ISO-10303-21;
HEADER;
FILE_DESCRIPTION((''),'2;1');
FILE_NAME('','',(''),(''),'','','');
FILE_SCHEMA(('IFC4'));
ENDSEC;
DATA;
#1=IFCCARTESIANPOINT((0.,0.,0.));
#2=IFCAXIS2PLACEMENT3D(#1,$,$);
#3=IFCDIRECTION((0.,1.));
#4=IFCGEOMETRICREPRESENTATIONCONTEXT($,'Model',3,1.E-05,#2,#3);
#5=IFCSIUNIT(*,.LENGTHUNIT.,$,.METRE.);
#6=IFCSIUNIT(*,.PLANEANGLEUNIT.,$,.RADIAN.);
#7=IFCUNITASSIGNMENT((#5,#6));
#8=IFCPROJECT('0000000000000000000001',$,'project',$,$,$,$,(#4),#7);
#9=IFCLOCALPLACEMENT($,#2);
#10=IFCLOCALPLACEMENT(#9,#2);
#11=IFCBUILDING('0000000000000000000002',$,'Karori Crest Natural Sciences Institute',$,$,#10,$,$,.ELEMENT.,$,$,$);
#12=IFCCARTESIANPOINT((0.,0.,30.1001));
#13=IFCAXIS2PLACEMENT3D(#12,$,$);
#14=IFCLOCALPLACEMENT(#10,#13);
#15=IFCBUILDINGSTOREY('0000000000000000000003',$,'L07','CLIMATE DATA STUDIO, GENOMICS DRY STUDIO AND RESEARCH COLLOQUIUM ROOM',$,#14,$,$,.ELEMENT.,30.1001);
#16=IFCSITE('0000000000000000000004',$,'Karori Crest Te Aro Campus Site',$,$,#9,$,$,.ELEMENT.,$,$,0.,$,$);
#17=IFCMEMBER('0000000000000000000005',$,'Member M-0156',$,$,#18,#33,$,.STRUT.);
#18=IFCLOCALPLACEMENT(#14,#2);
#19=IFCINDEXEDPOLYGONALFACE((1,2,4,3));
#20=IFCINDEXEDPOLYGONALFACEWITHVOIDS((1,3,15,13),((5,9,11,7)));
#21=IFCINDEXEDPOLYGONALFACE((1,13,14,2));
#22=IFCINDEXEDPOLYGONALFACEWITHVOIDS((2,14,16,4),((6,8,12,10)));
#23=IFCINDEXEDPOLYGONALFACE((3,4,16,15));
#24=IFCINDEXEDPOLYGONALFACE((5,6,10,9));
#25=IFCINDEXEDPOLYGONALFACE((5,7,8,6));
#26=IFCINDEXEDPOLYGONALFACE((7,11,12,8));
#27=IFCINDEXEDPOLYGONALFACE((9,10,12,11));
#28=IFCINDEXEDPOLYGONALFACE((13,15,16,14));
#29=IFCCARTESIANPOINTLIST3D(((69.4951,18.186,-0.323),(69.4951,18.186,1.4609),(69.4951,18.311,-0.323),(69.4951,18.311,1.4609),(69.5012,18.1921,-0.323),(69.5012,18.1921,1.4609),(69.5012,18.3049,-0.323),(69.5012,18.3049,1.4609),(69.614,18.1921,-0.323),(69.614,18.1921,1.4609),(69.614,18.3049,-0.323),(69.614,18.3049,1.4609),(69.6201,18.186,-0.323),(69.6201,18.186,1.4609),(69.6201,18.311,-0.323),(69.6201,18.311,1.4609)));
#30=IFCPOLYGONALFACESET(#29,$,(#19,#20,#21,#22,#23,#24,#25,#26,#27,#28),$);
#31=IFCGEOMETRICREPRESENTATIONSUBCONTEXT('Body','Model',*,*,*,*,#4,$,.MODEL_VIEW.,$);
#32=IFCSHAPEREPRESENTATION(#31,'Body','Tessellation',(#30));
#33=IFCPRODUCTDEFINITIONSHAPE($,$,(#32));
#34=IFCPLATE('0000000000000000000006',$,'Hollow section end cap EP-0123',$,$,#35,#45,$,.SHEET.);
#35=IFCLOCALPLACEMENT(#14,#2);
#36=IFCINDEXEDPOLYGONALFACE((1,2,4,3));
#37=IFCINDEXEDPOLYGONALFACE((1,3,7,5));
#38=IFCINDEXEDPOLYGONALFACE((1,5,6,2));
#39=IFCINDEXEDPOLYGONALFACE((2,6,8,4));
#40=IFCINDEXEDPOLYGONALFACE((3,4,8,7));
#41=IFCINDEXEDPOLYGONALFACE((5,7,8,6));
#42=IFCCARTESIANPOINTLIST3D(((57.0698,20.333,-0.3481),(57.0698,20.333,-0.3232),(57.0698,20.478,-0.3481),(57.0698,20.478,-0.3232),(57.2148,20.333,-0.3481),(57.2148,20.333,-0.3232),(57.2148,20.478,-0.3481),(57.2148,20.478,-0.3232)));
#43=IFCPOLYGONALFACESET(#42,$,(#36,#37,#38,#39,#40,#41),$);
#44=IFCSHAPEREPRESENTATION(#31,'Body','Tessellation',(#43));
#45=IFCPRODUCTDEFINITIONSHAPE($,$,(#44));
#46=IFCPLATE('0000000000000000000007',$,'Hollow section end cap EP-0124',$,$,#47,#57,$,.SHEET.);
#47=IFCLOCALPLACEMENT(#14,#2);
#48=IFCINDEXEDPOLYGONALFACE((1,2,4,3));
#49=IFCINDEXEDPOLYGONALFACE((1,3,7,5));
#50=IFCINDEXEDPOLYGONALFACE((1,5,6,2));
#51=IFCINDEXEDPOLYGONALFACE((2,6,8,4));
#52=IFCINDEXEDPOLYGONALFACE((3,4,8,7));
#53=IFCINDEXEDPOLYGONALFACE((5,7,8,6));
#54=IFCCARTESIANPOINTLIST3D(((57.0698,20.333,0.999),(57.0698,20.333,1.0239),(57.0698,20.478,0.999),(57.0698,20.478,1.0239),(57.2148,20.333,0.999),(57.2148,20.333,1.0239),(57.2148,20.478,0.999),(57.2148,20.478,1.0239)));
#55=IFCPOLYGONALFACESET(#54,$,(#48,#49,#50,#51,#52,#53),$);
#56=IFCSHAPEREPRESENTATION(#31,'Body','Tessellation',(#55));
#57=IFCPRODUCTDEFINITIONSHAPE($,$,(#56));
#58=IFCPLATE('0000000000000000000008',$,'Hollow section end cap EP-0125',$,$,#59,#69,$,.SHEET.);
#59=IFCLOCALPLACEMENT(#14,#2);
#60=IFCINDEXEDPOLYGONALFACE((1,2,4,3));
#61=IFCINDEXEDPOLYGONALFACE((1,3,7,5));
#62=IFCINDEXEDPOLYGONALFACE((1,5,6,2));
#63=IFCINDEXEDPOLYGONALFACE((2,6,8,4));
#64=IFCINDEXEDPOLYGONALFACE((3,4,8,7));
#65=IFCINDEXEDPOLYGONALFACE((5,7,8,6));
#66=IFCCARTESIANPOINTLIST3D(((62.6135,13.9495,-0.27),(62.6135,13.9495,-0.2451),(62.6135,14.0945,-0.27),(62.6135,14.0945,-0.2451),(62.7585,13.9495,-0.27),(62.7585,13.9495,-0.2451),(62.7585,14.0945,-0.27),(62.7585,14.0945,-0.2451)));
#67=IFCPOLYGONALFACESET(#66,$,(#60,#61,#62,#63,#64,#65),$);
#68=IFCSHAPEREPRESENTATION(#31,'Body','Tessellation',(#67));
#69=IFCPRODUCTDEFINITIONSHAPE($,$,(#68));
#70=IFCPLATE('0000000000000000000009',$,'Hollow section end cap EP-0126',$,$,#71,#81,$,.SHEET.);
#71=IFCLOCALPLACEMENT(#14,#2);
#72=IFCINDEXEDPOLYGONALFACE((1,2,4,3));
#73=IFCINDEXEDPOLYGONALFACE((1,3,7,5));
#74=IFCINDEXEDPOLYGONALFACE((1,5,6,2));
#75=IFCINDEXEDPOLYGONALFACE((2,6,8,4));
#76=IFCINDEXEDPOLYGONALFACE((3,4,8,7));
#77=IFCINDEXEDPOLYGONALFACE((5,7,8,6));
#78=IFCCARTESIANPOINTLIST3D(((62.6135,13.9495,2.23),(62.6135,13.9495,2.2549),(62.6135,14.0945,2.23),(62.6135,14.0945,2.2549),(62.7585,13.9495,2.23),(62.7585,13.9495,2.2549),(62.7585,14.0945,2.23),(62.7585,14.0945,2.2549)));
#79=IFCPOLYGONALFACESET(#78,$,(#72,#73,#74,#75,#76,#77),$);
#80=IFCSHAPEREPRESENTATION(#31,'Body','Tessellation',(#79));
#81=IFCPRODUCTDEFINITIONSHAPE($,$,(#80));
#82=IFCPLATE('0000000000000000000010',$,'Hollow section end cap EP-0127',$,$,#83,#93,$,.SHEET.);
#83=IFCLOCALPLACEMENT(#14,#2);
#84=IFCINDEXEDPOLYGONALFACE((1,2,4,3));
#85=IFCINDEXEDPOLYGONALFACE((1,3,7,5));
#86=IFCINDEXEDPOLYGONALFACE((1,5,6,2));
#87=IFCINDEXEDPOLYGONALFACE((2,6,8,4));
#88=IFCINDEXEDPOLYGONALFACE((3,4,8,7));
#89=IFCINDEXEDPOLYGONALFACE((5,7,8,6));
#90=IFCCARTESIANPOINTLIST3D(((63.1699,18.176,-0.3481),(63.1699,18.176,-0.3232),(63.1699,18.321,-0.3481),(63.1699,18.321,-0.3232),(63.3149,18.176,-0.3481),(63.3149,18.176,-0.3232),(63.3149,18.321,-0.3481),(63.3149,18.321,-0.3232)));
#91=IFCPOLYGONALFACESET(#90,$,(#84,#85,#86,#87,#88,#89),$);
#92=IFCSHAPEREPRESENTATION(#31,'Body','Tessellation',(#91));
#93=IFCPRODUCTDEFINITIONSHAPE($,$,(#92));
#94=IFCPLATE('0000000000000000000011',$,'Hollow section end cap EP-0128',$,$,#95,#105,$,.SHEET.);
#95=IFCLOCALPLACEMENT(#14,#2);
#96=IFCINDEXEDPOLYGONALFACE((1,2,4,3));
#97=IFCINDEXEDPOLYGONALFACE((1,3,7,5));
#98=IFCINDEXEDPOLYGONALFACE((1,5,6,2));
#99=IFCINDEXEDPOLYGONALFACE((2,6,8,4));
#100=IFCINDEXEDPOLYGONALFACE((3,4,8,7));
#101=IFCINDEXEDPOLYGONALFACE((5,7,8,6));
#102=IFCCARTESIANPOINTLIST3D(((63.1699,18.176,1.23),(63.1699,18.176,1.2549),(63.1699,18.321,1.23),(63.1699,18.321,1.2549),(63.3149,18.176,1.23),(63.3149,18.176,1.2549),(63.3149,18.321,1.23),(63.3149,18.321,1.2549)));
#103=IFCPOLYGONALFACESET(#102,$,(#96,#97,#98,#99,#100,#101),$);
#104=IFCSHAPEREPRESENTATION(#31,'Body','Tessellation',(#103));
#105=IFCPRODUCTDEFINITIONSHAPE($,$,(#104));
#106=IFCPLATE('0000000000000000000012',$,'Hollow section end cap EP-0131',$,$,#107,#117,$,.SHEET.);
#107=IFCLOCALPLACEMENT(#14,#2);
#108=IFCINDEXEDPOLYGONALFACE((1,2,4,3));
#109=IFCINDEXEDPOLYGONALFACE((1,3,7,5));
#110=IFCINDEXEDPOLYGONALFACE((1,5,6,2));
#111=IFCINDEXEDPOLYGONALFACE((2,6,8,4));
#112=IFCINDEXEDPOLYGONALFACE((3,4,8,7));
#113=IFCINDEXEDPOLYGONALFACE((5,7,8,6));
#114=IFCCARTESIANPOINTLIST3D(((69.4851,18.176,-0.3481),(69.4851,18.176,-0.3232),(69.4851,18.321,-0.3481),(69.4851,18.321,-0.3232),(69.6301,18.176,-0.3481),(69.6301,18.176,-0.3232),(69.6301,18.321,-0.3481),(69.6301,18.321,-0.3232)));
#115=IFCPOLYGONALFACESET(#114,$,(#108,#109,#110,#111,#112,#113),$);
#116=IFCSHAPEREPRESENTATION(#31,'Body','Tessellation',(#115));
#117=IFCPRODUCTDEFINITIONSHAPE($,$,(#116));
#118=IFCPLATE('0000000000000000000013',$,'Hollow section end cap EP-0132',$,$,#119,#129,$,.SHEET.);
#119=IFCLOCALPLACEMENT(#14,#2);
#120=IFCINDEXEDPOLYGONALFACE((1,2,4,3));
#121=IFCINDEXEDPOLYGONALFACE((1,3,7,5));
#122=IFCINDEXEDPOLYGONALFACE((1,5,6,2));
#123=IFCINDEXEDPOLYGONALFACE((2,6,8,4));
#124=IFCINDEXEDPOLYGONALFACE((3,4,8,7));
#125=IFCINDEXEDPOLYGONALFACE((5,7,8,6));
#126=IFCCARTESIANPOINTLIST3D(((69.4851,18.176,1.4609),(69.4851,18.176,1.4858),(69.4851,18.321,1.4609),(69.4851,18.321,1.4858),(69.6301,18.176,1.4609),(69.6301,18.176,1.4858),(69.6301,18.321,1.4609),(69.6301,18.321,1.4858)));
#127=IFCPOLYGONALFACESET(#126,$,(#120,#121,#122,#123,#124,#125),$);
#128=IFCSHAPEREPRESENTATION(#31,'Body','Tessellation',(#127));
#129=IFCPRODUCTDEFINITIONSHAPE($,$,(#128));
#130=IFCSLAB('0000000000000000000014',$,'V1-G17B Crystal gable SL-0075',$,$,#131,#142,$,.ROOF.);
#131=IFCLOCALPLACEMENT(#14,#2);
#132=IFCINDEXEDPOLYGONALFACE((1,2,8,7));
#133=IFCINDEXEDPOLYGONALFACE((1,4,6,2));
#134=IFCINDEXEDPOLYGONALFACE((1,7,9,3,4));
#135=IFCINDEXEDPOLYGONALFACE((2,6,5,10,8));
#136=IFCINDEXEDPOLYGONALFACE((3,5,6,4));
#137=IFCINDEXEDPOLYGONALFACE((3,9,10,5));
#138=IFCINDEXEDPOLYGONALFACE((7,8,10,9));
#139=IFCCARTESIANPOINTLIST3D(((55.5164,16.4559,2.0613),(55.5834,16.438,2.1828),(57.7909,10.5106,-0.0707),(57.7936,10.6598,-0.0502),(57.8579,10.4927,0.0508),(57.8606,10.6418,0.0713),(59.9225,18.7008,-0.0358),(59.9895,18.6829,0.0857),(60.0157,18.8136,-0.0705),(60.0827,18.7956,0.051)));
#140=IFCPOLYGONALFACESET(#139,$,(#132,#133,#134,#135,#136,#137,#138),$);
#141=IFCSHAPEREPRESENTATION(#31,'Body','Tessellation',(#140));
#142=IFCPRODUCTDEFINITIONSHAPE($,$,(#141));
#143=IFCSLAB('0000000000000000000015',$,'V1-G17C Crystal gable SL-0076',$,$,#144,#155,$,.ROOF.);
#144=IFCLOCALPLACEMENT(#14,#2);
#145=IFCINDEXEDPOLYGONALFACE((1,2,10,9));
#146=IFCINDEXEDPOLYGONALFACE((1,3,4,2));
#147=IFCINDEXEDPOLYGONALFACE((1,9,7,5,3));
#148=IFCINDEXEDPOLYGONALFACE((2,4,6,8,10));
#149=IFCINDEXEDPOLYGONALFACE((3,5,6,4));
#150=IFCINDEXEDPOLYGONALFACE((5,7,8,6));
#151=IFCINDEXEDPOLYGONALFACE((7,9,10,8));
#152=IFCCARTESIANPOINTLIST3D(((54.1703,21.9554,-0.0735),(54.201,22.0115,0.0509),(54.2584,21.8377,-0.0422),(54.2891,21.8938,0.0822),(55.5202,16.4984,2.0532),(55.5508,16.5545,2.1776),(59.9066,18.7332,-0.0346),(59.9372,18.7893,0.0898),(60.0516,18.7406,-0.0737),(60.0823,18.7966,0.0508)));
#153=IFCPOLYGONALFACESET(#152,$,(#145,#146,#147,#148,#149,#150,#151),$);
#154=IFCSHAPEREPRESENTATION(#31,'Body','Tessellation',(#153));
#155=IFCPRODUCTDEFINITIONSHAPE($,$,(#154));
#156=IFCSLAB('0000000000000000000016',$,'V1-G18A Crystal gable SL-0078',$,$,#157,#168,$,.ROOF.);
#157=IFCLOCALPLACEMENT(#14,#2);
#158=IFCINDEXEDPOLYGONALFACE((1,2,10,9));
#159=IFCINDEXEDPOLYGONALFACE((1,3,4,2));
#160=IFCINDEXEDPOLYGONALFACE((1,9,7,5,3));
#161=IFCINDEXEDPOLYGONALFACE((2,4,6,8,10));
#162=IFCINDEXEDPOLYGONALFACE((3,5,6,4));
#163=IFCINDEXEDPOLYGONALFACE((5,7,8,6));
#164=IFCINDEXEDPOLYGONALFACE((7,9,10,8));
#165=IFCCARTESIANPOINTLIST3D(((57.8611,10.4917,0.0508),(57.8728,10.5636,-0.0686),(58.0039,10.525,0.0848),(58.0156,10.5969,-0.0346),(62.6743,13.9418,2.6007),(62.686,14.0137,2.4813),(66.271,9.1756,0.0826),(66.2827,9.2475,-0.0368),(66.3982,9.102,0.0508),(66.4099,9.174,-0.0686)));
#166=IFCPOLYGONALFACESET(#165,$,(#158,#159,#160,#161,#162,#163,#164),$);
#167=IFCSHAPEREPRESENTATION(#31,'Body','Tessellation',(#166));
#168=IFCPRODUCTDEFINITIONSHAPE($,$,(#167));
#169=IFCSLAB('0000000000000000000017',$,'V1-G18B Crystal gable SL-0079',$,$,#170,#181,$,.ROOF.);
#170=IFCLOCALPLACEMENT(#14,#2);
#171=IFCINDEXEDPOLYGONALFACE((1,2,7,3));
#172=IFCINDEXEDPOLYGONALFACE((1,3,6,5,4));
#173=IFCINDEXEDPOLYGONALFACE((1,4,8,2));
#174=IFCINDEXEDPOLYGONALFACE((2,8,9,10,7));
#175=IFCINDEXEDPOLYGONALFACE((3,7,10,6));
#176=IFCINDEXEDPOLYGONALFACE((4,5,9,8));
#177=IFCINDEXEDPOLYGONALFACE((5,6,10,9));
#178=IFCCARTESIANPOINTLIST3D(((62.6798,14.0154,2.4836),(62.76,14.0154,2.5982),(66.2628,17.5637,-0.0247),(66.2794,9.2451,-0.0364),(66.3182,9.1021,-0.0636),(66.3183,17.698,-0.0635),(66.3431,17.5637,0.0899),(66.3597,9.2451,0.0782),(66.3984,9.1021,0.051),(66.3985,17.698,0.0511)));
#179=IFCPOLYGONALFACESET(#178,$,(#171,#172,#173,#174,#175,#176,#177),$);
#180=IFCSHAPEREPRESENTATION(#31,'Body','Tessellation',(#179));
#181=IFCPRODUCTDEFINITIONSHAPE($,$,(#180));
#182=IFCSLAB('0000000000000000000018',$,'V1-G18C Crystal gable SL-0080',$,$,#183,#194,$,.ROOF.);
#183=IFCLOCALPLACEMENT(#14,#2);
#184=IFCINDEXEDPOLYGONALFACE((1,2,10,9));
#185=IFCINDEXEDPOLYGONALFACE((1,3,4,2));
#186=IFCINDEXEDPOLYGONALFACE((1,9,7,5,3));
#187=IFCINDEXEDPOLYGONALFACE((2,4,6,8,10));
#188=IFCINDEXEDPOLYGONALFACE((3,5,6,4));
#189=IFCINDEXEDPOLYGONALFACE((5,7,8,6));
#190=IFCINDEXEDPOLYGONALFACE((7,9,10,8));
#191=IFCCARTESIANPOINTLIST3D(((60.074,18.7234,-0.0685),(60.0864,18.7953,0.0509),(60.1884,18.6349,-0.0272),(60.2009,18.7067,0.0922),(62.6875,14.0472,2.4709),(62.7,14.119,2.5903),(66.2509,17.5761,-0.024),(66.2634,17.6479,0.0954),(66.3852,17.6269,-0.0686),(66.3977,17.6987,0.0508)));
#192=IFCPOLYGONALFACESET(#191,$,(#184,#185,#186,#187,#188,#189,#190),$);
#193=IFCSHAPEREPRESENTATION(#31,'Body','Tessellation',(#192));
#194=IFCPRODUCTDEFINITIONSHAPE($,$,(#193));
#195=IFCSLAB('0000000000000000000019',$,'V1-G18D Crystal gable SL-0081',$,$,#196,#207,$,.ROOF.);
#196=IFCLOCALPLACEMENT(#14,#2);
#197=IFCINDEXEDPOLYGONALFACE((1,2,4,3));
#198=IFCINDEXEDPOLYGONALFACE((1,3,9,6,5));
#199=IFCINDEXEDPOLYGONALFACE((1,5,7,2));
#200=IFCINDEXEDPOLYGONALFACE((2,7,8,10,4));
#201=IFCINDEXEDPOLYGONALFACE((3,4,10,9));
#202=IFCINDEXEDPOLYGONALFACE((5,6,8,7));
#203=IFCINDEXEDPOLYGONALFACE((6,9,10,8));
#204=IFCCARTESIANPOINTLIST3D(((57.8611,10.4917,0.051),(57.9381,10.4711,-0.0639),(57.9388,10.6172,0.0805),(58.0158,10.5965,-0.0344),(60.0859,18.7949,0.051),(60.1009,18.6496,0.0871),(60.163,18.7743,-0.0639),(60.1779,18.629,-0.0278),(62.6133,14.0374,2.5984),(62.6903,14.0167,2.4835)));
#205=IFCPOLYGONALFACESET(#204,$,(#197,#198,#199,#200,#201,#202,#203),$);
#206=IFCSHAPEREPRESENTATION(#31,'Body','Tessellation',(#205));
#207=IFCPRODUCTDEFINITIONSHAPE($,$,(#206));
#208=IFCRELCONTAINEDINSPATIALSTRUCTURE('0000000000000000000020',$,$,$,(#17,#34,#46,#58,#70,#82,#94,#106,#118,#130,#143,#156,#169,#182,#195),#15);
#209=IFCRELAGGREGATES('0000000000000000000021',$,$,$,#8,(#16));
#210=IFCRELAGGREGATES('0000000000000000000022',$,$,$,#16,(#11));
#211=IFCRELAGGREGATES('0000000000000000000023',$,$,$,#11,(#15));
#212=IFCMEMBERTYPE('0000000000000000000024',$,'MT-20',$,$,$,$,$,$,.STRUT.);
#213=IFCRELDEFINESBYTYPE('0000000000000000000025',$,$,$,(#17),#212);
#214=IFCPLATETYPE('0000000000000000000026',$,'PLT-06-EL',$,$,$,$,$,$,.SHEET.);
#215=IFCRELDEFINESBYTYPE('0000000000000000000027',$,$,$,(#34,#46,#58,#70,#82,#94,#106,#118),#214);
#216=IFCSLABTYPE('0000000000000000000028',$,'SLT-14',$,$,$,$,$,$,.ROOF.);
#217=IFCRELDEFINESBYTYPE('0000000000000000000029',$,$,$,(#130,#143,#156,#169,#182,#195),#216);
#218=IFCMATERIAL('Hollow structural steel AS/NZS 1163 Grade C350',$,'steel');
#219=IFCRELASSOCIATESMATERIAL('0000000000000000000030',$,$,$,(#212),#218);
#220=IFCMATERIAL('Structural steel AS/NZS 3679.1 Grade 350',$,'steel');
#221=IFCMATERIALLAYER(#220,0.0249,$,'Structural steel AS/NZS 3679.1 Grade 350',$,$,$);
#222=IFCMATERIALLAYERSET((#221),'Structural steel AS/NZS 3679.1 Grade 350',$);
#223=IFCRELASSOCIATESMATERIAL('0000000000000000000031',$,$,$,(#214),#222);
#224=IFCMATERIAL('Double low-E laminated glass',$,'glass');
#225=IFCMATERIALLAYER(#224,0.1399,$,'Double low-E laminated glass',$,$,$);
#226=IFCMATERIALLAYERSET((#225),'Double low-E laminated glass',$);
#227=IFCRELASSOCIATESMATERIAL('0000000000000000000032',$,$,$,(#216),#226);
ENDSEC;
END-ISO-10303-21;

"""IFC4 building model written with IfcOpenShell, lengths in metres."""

from ifc_helpers import new_model, si_unit, direction, frame, origin, origin_2d, place, context, subcontext, project, spatial, polyline, rectangle, hollow_rectangle, outline, extrude, material, layer, layer_set, material_profile, profile_set, type_object, element, save


model = new_model("IFC4")

# Units and contexts
model_context = context("Model", 3, precision=1e-05, world=origin(), true_north=direction((0.0, 1.0)))
body_context = subcontext(model_context, "Body", "Model", "MODEL_VIEW")
ifc_project = project(units=[si_unit("LENGTHUNIT", "METRE"), si_unit("PLANEANGLEUNIT", "RADIAN")], contexts=[model_context])

# Site, building, storey
site_placement = place(None, origin())
site = spatial("IfcSite", under=ifc_project, at=site_placement, Name="Karori Crest Te Aro Campus Site", CompositionType="ELEMENT", RefElevation=0.0)
building_placement = place(site_placement, origin())
building = spatial("IfcBuilding", under=site, at=building_placement, Name="Karori Crest Natural Sciences Institute", CompositionType="ELEMENT")
storey_placement = place(building_placement, frame((0.0, 0.0, 30.1001)))
storey = spatial("IfcBuildingStorey", under=building, at=storey_placement, Name="L07", Description="CLIMATE DATA STUDIO, GENOMICS DRY STUDIO AND RESEARCH COLLOQUIUM ROOM", CompositionType="ELEMENT", Elevation=30.1001)

# Member
ifc_material_1 = material(Name="Structural steel AS/NZS 3679.1 Grade 350", Category="steel")
ifc_material_2 = material(Name="Hollow structural steel AS/NZS 1163 Grade C350", Category="steel")
ifc_material_profile_1 = material_profile(ifc_material_2, hollow_rectangle(XDim=0.125, YDim=0.125, WallThickness=0.0061, at=origin_2d()), Name="SHS125x125x6")
ifc_profile_set_1 = profile_set([ifc_material_profile_1], Name="Hollow structural steel AS/NZS 1163 Grade C350")
member_type_1 = type_object("IfcMemberType", Name="MT-20", PredefinedType="STRUT", material=ifc_profile_set_1)
member_1_placement = place(storey_placement, frame((69.5576, 18.2485, -0.323), z_axis=(0.0, 0.0, 1.0), x_axis=(1.0, 0.0, 0.0)))
element("IfcMember", 1, at=member_1_placement, inside=storey, type_object=member_type_1, Name="Member M-0156", PredefinedType="STRUT", context=body_context, shape_type="SweptSolid", body=[
    extrude(hollow_rectangle(XDim=0.125, YDim=0.125, WallThickness=0.0061, at=origin_2d()), origin(), (0.0, 0.0, 1.0), 1.7839),
])

# Plates
ifc_layer_1 = layer(ifc_material_1, 0.0249, Name="Structural steel AS/NZS 3679.1 Grade 350")
ifc_layer_set_1 = layer_set([ifc_layer_1], Name="Structural steel AS/NZS 3679.1 Grade 350")
plate_type = type_object("IfcPlateType", Name="PLT-06-EL", PredefinedType="SHEET", material=ifc_layer_set_1)
for number, where, z_axis, x_axis, name in (
    (2, (57.1423, 20.4055, -0.3481), (0.0, 0.0, 1.0), (1.0, 0.0, 0.0), "Hollow section end cap EP-0123"),
    (3, (57.1423, 20.4055, 0.999), (0.0, 0.0, 1.0), (1.0, 0.0, 0.0), "Hollow section end cap EP-0124"),
    (4, (62.686, 14.022, -0.27), (0.0, 0.0, 1.0), (1.0, 0.0, 0.0), "Hollow section end cap EP-0125"),
    (5, (62.686, 14.022, 2.23), (0.0, 0.0, 1.0), (1.0, 0.0, 0.0), "Hollow section end cap EP-0126"),
    (6, (63.2424, 18.2485, -0.3481), (0.0, 0.0, 1.0), (1.0, 0.0, 0.0), "Hollow section end cap EP-0127"),
    (7, (63.2424, 18.2485, 1.23), (0.0, 0.0, 1.0), (1.0, 0.0, 0.0), "Hollow section end cap EP-0128"),
    (8, (69.5576, 18.2485, -0.3481), (0.0, 0.0, 1.0), (1.0, 0.0, 0.0), "Hollow section end cap EP-0131"),
    (9, (69.5576, 18.2485, 1.4609), (0.0, 0.0, 1.0), (1.0, 0.0, 0.0), "Hollow section end cap EP-0132"),
):
    element("IfcPlate", number, at=place(storey_placement, frame(where, z_axis=z_axis, x_axis=x_axis)), inside=storey, type_object=plate_type, Name=name, PredefinedType="SHEET", context=body_context, shape_type="SweptSolid", body=[
        extrude(rectangle(XDim=0.145, YDim=0.145, at=origin_2d()), origin(), (0.0, 0.0, 1.0), 0.0249),
    ])

# Slabs
ifc_material_3 = material(Name="Double low-E laminated glass", Category="glass")
ifc_layer_2 = layer(ifc_material_3, 0.1399, Name="Double low-E laminated glass")
ifc_layer_set_2 = layer_set([ifc_layer_2], Name="Double low-E laminated glass")
slab_type = type_object("IfcSlabType", Name="SLT-14", PredefinedType="ROOF", material=ifc_layer_set_2)
slab_1_placement = place(storey_placement, frame((57.8579, 10.4927, 0.0508), z_axis=(0.478749, -0.128307, 0.868525), x_axis=(0.258818, 0.965926, 0.00003)))
element("IfcSlab", 10, at=slab_1_placement, inside=storey, type_object=slab_type, Name="V1-G17B Crystal gable SL-0075", PredefinedType="ROOF", context=body_context, shape_type="SweptSolid", body=[
    extrude(outline(polyline([(0.0, 0.0), (8.5958, 0.0), (8.4628, 0.07), (5.1541, 4.3013), (0.1448, 0.0414), (0.0, 0.0)])), origin(), (0.0, 0.0, -1.0), 0.1399),
])
slab_2_placement = place(storey_placement, frame((60.0823, 18.7966, 0.0508), z_axis=(0.21915, 0.400883, 0.889531), x_axis=(-0.877462, 0.479645, 0.000016)))
element("IfcSlab", 11, at=slab_2_placement, inside=storey, type_object=slab_type, Name="V1-G17C Crystal gable SL-0076", PredefinedType="ROOF", context=body_context, shape_type="SweptSolid", body=[
    extrude(outline(polyline([(0.0, 0.0), (6.7026, 0.0), (6.5689, 0.0686), (2.9008, 4.6551), (0.1237, 0.0854), (0.0, 0.0)])), origin(), (0.0, 0.0, -1.0), 0.1399),
])
slab_3_placement = place(storey_placement, frame((57.8611, 10.4917, 0.0508), z_axis=(-0.083692, -0.514141, 0.853613), x_axis=(0.987009, -0.160663, 0.000001)))
element("IfcSlab", 12, at=slab_3_placement, inside=storey, type_object=slab_type, Name="V1-G18A Crystal gable SL-0078", PredefinedType="ROOF", context=body_context, shape_type="SweptSolid", body=[
    extrude(outline(polyline([(0.0, 0.0), (8.6495, 0.0), (8.5121, 0.0611), (4.1964, 4.8952), (0.1356, 0.0654), (0.0, 0.0)])), origin(), (0.0, 0.0, -1.0), 0.1399),
])
slab_4_placement = place(storey_placement, frame((66.3984, 9.1021, 0.051), z_axis=(0.57349, -0.000009, 0.819212), x_axis=(0.000005, 1.0, 0.000008)))
element("IfcSlab", 13, at=slab_4_placement, inside=storey, type_object=slab_type, Name="V1-G18B Crystal gable SL-0079", PredefinedType="ROOF", context=body_context, shape_type="SweptSolid", body=[
    extrude(outline(polyline([(0.0, 0.0), (8.5959, 0.0), (8.4617, 0.0677), (4.9133, 4.4414), (0.1431, 0.0473), (0.0, 0.0)])), origin(), (0.0, 0.0, -1.0), 0.1399),
])
slab_5_placement = place(storey_placement, frame((66.3977, 17.6987, 0.0508), z_axis=(0.089213, 0.51336, 0.853523), x_axis=(-0.98524, 0.171177, 0.000024)))
element("IfcSlab", 14, at=slab_5_placement, inside=storey, type_object=slab_type, Name="V1-G18C Crystal gable SL-0080", PredefinedType="ROOF", context=body_context, shape_type="SweptSolid", body=[
    extrude(outline(polyline([(0.0, 0.0), (6.4058, 0.0), (6.2779, 0.0792), (3.0305, 4.8737), (0.1236, 0.0856), (0.0, 0.0)])), origin(), (0.0, 0.0, -1.0), 0.1399),
])
slab_6_placement = place(storey_placement, frame((60.0859, 18.7949, 0.051), z_axis=(-0.550527, 0.147512, 0.821682), x_axis=(-0.258819, -0.965926, -0.000002)))
element("IfcSlab", 15, at=slab_6_placement, inside=storey, type_object=slab_type, Name="V1-G18D Crystal gable SL-0081", PredefinedType="ROOF", context=body_context, shape_type="SweptSolid", body=[
    extrude(outline(polyline([(0.0, 0.0), (8.5961, 0.0), (8.4548, 0.0518), (3.9413, 4.4696), (0.1365, 0.0633), (0.0, 0.0)])), origin(), (0.0, 0.0, -1.0), 0.1399),
])

save(model, "model.ifc")
